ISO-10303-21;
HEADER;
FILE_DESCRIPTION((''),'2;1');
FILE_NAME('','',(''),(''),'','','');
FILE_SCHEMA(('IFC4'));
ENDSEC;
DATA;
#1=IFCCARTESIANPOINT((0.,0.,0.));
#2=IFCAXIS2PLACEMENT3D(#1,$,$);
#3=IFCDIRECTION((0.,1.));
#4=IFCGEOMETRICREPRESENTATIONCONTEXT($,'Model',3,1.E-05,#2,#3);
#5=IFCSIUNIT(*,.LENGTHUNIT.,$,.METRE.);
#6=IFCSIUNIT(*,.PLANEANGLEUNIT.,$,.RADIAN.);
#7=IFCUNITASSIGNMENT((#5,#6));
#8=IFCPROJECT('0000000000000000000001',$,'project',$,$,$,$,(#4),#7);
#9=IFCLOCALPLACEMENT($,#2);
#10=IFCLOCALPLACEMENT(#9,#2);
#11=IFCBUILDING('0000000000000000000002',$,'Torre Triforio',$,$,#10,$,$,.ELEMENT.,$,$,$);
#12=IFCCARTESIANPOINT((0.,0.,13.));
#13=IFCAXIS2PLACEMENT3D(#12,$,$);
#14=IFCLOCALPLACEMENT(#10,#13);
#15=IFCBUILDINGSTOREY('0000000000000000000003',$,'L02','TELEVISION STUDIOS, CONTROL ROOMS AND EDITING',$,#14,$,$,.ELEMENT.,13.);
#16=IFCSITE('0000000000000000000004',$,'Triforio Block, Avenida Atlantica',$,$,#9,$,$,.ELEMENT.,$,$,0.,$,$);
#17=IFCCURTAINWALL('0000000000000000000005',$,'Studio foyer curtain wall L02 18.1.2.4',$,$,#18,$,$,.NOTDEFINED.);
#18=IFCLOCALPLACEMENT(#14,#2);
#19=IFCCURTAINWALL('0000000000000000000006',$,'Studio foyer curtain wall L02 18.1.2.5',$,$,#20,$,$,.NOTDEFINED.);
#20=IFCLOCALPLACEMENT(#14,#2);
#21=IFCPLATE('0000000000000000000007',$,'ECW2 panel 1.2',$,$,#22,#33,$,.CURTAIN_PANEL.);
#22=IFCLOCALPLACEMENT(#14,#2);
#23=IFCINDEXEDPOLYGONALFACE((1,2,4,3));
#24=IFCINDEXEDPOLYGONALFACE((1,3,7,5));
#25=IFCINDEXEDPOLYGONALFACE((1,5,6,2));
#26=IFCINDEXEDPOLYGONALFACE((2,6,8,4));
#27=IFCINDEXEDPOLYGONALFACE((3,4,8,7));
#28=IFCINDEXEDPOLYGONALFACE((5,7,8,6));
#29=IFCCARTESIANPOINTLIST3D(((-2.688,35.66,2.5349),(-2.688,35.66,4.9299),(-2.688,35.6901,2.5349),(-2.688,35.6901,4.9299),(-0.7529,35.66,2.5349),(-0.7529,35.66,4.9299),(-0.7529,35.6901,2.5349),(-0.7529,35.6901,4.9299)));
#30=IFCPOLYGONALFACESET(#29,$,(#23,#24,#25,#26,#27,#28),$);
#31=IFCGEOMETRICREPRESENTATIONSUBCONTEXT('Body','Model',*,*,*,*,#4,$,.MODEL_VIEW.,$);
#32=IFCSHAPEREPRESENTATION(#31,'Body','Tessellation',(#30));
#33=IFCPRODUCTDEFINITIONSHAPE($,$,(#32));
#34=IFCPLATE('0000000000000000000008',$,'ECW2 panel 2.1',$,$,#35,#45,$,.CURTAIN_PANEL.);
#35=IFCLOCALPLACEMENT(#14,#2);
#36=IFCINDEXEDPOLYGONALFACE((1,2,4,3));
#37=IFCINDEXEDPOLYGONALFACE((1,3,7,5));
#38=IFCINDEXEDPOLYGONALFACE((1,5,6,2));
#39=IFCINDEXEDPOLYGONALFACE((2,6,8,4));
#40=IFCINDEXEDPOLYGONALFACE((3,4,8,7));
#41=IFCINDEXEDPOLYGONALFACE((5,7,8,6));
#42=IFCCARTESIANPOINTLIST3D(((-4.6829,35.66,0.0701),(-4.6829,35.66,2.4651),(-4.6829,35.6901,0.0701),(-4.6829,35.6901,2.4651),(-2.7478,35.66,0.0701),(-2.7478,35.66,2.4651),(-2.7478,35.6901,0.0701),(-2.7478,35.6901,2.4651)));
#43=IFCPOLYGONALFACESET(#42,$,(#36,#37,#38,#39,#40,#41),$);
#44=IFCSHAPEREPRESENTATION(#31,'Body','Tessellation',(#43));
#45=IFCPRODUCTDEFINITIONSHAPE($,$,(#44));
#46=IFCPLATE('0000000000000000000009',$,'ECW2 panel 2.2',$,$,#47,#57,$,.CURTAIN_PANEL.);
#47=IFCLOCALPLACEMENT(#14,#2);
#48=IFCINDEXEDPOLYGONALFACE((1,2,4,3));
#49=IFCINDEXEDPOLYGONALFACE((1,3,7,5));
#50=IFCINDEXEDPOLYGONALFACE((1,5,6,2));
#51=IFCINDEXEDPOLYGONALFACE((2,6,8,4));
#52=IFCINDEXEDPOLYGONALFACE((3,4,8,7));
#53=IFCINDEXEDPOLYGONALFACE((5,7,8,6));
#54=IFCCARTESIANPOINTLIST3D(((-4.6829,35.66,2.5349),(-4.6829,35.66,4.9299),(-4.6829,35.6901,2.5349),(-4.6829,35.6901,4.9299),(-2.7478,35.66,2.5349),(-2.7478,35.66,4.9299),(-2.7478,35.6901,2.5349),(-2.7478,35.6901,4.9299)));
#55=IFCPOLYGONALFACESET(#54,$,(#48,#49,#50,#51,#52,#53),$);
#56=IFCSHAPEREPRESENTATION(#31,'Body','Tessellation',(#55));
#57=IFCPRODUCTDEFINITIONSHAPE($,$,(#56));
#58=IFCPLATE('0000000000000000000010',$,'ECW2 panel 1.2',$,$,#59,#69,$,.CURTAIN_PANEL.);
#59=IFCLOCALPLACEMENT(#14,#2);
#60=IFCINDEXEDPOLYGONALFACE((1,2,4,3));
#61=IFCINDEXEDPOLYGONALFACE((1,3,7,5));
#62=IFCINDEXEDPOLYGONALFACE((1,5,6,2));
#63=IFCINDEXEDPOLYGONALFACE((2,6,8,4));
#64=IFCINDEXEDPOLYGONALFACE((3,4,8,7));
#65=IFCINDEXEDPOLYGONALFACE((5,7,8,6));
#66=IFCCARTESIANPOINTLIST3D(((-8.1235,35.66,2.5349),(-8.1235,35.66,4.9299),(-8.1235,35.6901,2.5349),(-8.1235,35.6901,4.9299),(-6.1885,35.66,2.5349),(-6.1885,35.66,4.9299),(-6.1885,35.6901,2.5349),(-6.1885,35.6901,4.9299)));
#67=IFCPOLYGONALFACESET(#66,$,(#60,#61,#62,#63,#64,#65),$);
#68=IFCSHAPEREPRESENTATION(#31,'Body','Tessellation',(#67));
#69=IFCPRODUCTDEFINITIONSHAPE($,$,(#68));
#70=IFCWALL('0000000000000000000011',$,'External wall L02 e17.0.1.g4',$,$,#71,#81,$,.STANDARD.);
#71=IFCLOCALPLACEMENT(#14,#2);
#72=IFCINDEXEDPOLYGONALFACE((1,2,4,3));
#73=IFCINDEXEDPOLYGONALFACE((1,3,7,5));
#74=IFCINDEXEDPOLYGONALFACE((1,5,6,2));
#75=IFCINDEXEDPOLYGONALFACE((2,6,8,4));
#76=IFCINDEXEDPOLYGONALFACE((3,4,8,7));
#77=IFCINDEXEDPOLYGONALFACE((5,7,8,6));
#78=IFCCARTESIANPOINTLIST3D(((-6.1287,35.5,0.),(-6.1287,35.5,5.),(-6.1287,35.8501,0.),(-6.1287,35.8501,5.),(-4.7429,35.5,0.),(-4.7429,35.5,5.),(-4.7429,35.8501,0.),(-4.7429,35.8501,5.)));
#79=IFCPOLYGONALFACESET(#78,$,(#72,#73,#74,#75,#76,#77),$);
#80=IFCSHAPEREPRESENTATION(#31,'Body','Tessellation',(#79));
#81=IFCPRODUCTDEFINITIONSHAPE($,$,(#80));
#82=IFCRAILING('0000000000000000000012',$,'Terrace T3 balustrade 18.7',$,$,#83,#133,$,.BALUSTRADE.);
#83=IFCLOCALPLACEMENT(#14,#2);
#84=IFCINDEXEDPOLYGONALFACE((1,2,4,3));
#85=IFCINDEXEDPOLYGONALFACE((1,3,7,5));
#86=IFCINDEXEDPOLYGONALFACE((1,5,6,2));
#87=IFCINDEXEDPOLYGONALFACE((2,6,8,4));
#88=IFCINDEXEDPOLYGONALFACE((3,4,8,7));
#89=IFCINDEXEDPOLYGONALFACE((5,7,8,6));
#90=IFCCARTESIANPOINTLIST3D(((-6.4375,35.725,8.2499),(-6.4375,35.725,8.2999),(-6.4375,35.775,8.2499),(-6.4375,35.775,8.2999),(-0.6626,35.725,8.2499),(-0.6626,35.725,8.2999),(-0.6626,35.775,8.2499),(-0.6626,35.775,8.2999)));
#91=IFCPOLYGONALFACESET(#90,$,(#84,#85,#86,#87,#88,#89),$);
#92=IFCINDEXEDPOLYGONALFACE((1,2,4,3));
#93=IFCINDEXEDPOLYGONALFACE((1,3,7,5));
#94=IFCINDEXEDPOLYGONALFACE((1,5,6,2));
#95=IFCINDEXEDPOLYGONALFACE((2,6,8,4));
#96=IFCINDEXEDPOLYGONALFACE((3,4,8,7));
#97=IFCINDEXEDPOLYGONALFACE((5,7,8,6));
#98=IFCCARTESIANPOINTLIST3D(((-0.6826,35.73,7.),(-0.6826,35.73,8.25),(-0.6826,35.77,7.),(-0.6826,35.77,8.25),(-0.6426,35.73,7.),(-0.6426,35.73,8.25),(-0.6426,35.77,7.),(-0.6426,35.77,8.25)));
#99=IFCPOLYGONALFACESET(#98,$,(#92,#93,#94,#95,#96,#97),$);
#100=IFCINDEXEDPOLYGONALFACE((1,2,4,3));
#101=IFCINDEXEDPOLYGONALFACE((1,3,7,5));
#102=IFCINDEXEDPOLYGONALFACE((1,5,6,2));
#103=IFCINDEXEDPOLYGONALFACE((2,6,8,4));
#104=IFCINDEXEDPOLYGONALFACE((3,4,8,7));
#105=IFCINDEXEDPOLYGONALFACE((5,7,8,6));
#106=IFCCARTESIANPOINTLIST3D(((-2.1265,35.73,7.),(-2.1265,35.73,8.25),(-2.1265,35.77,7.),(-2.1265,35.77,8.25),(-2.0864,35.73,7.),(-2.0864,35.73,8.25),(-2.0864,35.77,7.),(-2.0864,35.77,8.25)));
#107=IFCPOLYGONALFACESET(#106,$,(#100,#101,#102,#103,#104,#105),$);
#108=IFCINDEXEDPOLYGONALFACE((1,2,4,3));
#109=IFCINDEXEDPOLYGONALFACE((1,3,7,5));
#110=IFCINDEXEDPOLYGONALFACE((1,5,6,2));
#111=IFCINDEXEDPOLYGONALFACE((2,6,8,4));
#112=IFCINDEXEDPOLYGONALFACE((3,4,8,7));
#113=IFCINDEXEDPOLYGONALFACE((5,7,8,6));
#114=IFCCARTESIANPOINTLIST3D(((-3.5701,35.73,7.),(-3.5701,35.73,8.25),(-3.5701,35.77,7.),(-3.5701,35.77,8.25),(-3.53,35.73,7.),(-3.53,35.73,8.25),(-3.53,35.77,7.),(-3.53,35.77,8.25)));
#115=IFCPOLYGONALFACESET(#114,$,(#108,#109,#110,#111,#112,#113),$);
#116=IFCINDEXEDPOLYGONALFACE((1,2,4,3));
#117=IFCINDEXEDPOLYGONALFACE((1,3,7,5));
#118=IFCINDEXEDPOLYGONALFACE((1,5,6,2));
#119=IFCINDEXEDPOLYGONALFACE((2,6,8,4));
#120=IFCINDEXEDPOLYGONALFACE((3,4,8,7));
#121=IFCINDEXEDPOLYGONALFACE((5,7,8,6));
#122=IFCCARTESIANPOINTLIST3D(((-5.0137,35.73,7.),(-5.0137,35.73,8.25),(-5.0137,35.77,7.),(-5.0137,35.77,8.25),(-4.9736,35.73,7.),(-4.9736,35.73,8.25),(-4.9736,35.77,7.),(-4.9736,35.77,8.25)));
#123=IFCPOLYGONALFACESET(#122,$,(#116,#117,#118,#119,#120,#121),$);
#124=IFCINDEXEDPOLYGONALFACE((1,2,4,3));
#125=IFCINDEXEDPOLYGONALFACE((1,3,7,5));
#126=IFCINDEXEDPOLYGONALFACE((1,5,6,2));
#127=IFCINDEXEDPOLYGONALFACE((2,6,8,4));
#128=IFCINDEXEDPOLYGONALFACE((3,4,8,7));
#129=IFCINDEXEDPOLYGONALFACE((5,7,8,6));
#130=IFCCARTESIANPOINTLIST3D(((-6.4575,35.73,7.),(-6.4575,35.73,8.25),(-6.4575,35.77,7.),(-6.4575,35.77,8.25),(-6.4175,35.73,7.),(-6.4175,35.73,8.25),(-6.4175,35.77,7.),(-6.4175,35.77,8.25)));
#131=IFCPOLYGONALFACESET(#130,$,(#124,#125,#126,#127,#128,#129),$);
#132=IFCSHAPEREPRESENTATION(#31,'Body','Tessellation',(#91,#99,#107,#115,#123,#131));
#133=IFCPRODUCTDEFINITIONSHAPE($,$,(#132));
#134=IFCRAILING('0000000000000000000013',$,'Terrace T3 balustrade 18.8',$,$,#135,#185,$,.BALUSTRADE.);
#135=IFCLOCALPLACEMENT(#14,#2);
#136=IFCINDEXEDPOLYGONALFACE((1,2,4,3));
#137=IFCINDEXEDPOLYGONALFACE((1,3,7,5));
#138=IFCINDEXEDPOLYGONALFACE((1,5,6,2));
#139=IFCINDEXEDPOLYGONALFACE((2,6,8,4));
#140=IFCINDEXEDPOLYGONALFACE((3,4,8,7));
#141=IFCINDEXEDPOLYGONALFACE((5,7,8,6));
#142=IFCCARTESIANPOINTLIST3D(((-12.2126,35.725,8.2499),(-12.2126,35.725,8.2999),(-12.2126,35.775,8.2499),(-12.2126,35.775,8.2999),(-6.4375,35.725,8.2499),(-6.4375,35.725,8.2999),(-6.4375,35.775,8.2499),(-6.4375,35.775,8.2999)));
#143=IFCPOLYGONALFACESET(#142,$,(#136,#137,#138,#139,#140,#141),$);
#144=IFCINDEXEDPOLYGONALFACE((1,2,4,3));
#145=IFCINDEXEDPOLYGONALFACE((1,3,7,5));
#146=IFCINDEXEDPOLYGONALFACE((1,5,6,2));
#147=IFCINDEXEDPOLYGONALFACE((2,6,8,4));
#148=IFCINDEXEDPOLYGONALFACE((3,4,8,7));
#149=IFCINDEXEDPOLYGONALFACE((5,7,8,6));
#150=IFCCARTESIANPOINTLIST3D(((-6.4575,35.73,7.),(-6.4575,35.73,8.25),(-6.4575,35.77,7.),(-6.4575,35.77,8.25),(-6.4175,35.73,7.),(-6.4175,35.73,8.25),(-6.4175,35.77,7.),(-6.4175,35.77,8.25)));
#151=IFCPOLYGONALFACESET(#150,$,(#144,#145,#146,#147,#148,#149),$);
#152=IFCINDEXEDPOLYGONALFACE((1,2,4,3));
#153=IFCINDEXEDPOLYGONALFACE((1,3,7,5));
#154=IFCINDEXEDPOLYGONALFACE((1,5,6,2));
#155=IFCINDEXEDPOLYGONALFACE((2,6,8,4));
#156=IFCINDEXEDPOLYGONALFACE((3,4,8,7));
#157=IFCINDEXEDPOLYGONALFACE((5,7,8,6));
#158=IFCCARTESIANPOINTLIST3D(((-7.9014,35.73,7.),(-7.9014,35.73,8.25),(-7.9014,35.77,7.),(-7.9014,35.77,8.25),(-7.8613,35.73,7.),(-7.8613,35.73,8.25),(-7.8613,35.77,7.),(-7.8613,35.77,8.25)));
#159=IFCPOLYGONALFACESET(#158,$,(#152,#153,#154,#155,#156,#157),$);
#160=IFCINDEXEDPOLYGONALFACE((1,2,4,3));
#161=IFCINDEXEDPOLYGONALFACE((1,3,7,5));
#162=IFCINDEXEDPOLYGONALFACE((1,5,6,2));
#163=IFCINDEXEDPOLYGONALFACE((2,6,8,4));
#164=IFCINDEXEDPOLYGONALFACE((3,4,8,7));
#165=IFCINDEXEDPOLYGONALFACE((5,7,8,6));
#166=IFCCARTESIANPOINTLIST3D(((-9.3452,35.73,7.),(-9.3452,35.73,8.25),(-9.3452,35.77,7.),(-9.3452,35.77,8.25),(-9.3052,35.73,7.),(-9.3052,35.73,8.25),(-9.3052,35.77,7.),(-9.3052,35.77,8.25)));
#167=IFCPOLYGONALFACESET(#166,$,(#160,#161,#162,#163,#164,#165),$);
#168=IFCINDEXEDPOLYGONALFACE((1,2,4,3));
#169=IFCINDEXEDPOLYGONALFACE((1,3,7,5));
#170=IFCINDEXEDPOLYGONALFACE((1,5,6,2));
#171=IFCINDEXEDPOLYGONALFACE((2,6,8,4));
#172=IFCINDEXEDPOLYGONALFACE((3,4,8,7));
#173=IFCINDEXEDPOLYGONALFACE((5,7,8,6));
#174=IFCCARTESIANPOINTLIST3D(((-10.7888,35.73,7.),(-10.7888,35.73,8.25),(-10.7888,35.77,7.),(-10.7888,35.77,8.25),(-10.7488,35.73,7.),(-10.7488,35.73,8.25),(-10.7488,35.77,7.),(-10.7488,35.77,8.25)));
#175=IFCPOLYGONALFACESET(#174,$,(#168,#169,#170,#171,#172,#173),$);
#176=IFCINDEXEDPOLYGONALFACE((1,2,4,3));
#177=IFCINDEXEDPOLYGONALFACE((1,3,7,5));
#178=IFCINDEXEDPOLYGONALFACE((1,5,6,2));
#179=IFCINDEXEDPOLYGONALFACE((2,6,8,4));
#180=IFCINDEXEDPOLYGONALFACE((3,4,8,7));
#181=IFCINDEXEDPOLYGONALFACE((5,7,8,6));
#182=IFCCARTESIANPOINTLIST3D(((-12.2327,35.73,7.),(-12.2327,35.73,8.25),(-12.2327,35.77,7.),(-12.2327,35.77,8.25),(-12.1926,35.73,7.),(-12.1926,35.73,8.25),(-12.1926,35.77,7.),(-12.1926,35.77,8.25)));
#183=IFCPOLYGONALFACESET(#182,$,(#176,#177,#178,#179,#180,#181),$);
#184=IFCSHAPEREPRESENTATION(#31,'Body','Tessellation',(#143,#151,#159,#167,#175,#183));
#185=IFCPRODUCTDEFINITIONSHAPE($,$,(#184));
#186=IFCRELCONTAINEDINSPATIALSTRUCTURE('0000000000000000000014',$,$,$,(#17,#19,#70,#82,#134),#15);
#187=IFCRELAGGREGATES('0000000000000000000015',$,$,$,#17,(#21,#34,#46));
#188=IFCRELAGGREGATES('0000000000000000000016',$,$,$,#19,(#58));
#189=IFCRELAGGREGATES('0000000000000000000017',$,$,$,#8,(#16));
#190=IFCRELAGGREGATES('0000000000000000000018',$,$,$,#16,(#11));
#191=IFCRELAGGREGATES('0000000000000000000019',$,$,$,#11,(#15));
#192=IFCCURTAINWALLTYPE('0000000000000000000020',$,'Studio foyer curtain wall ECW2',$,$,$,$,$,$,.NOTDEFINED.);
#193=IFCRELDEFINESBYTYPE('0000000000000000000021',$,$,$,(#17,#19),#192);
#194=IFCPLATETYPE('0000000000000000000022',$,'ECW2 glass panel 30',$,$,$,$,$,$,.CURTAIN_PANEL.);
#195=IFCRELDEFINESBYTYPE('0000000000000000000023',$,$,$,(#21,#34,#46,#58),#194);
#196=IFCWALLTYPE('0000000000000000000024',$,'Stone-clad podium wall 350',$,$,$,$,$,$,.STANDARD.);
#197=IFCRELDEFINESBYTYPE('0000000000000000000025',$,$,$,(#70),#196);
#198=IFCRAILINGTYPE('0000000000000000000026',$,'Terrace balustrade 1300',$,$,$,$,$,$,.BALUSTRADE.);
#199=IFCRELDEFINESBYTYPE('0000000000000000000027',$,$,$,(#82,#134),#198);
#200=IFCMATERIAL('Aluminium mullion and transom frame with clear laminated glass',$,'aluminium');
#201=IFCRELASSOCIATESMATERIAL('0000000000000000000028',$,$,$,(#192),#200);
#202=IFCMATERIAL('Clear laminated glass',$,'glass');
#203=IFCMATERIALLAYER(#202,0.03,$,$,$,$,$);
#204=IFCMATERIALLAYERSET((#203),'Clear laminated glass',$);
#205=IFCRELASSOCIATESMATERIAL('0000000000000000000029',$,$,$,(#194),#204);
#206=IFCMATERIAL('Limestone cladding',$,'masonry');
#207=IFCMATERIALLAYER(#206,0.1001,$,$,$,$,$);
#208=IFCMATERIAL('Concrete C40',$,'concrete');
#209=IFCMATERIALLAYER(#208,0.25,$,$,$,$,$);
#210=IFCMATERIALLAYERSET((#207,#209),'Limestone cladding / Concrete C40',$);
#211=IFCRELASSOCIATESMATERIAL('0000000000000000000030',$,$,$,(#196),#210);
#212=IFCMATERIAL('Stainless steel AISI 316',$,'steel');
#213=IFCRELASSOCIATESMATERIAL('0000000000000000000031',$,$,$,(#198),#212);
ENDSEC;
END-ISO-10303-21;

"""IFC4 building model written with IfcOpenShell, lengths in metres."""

from ifc_helpers import new_model, si_unit, direction, frame, frame_2d, origin, origin_2d, place, context, subcontext, project, spatial, rectangle, extrude, material, layer, layer_set, type_object, element, aggregate, save


model = new_model("IFC4")

# Units and contexts
model_context = context("Model", 3, precision=1e-05, world=origin(), true_north=direction((0.0, 1.0)))
body_context = subcontext(model_context, "Body", "Model", "MODEL_VIEW")
ifc_project = project(units=[si_unit("LENGTHUNIT", "METRE"), si_unit("PLANEANGLEUNIT", "RADIAN")], contexts=[model_context])

# Site, building, storey
site_placement = place(None, origin())
site = spatial("IfcSite", under=ifc_project, at=site_placement, Name="Triforio Block, Avenida Atlantica", CompositionType="ELEMENT", RefElevation=0.0)
building_placement = place(site_placement, origin())
building = spatial("IfcBuilding", under=site, at=building_placement, Name="Torre Triforio", CompositionType="ELEMENT")
storey_placement = place(building_placement, frame((0.0, 0.0, 13.0)))
storey = spatial("IfcBuildingStorey", under=building, at=storey_placement, Name="L02", Description="TELEVISION STUDIOS, CONTROL ROOMS AND EDITING", CompositionType="ELEMENT", Elevation=13.0)

# Curtain wall
ifc_material_1 = material(Name="Aluminium mullion and transom frame with clear laminated glass", Category="aluminium")
curtain_wall_type = type_object("IfcCurtainWallType", Name="Studio foyer curtain wall ECW2", PredefinedType="NOTDEFINED", material=ifc_material_1)
curtain_wall_1_placement = place(storey_placement, origin())
curtain_wall_1 = element("IfcCurtainWall", 1, at=curtain_wall_1_placement, inside=storey, type_object=curtain_wall_type, Name="Studio foyer curtain wall L02 18.1.2.4", PredefinedType="NOTDEFINED")

# Curtain wall
curtain_wall_2_placement = place(storey_placement, origin())
curtain_wall_2 = element("IfcCurtainWall", 2, at=curtain_wall_2_placement, inside=storey, type_object=curtain_wall_type, Name="Studio foyer curtain wall L02 18.1.2.5", PredefinedType="NOTDEFINED")

# Plates
ifc_material_2 = material(Name="Clear laminated glass", Category="glass")
ifc_layer_1 = layer(ifc_material_2, 0.03)
ifc_layer_set_1 = layer_set([ifc_layer_1], Name="Clear laminated glass")
plate_type = type_object("IfcPlateType", Name="ECW2 glass panel 30", PredefinedType="CURTAIN_PANEL", material=ifc_layer_set_1)
plate_1_placement = place(storey_placement, frame((-1.7205, 35.675, 2.5349), z_axis=(0.0, 0.0, 1.0), x_axis=(-1.0, 0.0, 0.0)))
plate_1 = element("IfcPlate", 3, at=plate_1_placement, type_object=plate_type, Name="ECW2 panel 1.2", PredefinedType="CURTAIN_PANEL", context=body_context, shape_type="SweptSolid", body=[
    extrude(rectangle(XDim=1.9351, YDim=0.03, at=origin_2d()), origin(), (0.0, 0.0, 1.0), 2.395),
])
plate_2_placement = place(storey_placement, frame((-3.7153, 35.675, 0.0701), z_axis=(0.0, 0.0, 1.0), x_axis=(-1.0, 0.0, 0.0)))
plate_2 = element("IfcPlate", 4, at=plate_2_placement, type_object=plate_type, Name="ECW2 panel 2.1", PredefinedType="CURTAIN_PANEL", context=body_context, shape_type="SweptSolid", body=[
    extrude(rectangle(XDim=1.9351, YDim=0.03, at=origin_2d()), origin(), (0.0, 0.0, 1.0), 2.395),
])
plate_3_placement = place(storey_placement, frame((-3.7153, 35.675, 2.5349), z_axis=(0.0, 0.0, 1.0), x_axis=(-1.0, 0.0, 0.0)))
plate_3 = element("IfcPlate", 5, at=plate_3_placement, type_object=plate_type, Name="ECW2 panel 2.2", PredefinedType="CURTAIN_PANEL", context=body_context, shape_type="SweptSolid", body=[
    extrude(rectangle(XDim=1.9351, YDim=0.03, at=origin_2d()), origin(), (0.0, 0.0, 1.0), 2.395),
])
aggregate(curtain_wall_1, [plate_1, plate_2, plate_3])
plate_4_placement = place(storey_placement, frame((-7.156, 35.675, 2.5349), z_axis=(0.0, 0.0, 1.0), x_axis=(-1.0, 0.0, 0.0)))
plate_4 = element("IfcPlate", 6, at=plate_4_placement, type_object=plate_type, Name="ECW2 panel 1.2", PredefinedType="CURTAIN_PANEL", context=body_context, shape_type="SweptSolid", body=[
    extrude(rectangle(XDim=1.9351, YDim=0.03, at=origin_2d()), origin(), (0.0, 0.0, 1.0), 2.395),
])
aggregate(curtain_wall_2, [plate_4])

# Wall
ifc_material_3 = material(Name="Limestone cladding", Category="masonry")
ifc_layer_2 = layer(ifc_material_3, 0.1001)
ifc_material_4 = material(Name="Concrete C40", Category="concrete")
ifc_layer_3 = layer(ifc_material_4, 0.25)
ifc_layer_set_2 = layer_set([ifc_layer_2, ifc_layer_3], Name="Limestone cladding / Concrete C40")
wall_type = type_object("IfcWallType", Name="Stone-clad podium wall 350", PredefinedType="STANDARD", material=ifc_layer_set_2)
wall_placement = place(storey_placement, frame((-4.7429, 35.675, 0.0), z_axis=(0.0, 0.0, 1.0), x_axis=(-1.0, 0.0, 0.0)))
element("IfcWall", 7, at=wall_placement, inside=storey, type_object=wall_type, Name="External wall L02 e17.0.1.g4", PredefinedType="STANDARD", context=body_context, shape_type="SweptSolid", body=[
    extrude(rectangle(XDim=1.3857, YDim=0.3501, at=frame_2d((0.6929, 0.0))), origin(), (0.0, 0.0, 1.0), 5.0),
])

# Railings
ifc_material_5 = material(Name="Stainless steel AISI 316", Category="steel")
railing_type = type_object("IfcRailingType", Name="Terrace balustrade 1300", PredefinedType="BALUSTRADE", material=ifc_material_5)
railing_1_placement = place(storey_placement, frame((-0.6626, 35.75, 7.0)))
element("IfcRailing", 8, at=railing_1_placement, inside=storey, type_object=railing_type, Name="Terrace T3 balustrade 18.7", PredefinedType="BALUSTRADE", context=body_context, shape_type="SweptSolid", body=[
    extrude(rectangle(XDim=0.05, YDim=0.05, at=origin_2d()), frame((0.0, 0.0, 1.2749), z_axis=(-1.0, 0.0, 0.0), x_axis=(0.0, -1.0, 0.0)), (0.0, 0.0, 1.0), 5.7749),
    extrude(rectangle(XDim=0.04, YDim=0.04, at=origin_2d()), origin(), (0.0, 0.0, 1.0), 1.25),
    extrude(rectangle(XDim=0.04, YDim=0.04, at=origin_2d()), frame((-1.4438, 0.0, 0.0)), (0.0, 0.0, 1.0), 1.25),
    extrude(rectangle(XDim=0.04, YDim=0.04, at=origin_2d()), frame((-2.8875, 0.0, 0.0)), (0.0, 0.0, 1.0), 1.25),
    extrude(rectangle(XDim=0.04, YDim=0.04, at=origin_2d()), frame((-4.3311, 0.0, 0.0)), (0.0, 0.0, 1.0), 1.25),
    extrude(rectangle(XDim=0.04, YDim=0.04, at=origin_2d()), frame((-5.7749, 0.0, 0.0)), (0.0, 0.0, 1.0), 1.25),
])
railing_2_placement = place(storey_placement, frame((-6.4375, 35.75, 7.0)))
element("IfcRailing", 9, at=railing_2_placement, inside=storey, type_object=railing_type, Name="Terrace T3 balustrade 18.8", PredefinedType="BALUSTRADE", context=body_context, shape_type="SweptSolid", body=[
    extrude(rectangle(XDim=0.05, YDim=0.05, at=origin_2d()), frame((0.0, 0.0, 1.2749), z_axis=(-1.0, 0.0, 0.0), x_axis=(0.0, -1.0, 0.0)), (0.0, 0.0, 1.0), 5.7751),
    extrude(rectangle(XDim=0.04, YDim=0.04, at=origin_2d()), origin(), (0.0, 0.0, 1.0), 1.25),
    extrude(rectangle(XDim=0.04, YDim=0.04, at=origin_2d()), frame((-1.4438, 0.0, 0.0)), (0.0, 0.0, 1.0), 1.25),
    extrude(rectangle(XDim=0.04, YDim=0.04, at=origin_2d()), frame((-2.8877, 0.0, 0.0)), (0.0, 0.0, 1.0), 1.25),
    extrude(rectangle(XDim=0.04, YDim=0.04, at=origin_2d()), frame((-4.3313, 0.0, 0.0)), (0.0, 0.0, 1.0), 1.25),
    extrude(rectangle(XDim=0.04, YDim=0.04, at=origin_2d()), frame((-5.7751, 0.0, 0.0)), (0.0, 0.0, 1.0), 1.25),
])

save(model, "model.ifc")
